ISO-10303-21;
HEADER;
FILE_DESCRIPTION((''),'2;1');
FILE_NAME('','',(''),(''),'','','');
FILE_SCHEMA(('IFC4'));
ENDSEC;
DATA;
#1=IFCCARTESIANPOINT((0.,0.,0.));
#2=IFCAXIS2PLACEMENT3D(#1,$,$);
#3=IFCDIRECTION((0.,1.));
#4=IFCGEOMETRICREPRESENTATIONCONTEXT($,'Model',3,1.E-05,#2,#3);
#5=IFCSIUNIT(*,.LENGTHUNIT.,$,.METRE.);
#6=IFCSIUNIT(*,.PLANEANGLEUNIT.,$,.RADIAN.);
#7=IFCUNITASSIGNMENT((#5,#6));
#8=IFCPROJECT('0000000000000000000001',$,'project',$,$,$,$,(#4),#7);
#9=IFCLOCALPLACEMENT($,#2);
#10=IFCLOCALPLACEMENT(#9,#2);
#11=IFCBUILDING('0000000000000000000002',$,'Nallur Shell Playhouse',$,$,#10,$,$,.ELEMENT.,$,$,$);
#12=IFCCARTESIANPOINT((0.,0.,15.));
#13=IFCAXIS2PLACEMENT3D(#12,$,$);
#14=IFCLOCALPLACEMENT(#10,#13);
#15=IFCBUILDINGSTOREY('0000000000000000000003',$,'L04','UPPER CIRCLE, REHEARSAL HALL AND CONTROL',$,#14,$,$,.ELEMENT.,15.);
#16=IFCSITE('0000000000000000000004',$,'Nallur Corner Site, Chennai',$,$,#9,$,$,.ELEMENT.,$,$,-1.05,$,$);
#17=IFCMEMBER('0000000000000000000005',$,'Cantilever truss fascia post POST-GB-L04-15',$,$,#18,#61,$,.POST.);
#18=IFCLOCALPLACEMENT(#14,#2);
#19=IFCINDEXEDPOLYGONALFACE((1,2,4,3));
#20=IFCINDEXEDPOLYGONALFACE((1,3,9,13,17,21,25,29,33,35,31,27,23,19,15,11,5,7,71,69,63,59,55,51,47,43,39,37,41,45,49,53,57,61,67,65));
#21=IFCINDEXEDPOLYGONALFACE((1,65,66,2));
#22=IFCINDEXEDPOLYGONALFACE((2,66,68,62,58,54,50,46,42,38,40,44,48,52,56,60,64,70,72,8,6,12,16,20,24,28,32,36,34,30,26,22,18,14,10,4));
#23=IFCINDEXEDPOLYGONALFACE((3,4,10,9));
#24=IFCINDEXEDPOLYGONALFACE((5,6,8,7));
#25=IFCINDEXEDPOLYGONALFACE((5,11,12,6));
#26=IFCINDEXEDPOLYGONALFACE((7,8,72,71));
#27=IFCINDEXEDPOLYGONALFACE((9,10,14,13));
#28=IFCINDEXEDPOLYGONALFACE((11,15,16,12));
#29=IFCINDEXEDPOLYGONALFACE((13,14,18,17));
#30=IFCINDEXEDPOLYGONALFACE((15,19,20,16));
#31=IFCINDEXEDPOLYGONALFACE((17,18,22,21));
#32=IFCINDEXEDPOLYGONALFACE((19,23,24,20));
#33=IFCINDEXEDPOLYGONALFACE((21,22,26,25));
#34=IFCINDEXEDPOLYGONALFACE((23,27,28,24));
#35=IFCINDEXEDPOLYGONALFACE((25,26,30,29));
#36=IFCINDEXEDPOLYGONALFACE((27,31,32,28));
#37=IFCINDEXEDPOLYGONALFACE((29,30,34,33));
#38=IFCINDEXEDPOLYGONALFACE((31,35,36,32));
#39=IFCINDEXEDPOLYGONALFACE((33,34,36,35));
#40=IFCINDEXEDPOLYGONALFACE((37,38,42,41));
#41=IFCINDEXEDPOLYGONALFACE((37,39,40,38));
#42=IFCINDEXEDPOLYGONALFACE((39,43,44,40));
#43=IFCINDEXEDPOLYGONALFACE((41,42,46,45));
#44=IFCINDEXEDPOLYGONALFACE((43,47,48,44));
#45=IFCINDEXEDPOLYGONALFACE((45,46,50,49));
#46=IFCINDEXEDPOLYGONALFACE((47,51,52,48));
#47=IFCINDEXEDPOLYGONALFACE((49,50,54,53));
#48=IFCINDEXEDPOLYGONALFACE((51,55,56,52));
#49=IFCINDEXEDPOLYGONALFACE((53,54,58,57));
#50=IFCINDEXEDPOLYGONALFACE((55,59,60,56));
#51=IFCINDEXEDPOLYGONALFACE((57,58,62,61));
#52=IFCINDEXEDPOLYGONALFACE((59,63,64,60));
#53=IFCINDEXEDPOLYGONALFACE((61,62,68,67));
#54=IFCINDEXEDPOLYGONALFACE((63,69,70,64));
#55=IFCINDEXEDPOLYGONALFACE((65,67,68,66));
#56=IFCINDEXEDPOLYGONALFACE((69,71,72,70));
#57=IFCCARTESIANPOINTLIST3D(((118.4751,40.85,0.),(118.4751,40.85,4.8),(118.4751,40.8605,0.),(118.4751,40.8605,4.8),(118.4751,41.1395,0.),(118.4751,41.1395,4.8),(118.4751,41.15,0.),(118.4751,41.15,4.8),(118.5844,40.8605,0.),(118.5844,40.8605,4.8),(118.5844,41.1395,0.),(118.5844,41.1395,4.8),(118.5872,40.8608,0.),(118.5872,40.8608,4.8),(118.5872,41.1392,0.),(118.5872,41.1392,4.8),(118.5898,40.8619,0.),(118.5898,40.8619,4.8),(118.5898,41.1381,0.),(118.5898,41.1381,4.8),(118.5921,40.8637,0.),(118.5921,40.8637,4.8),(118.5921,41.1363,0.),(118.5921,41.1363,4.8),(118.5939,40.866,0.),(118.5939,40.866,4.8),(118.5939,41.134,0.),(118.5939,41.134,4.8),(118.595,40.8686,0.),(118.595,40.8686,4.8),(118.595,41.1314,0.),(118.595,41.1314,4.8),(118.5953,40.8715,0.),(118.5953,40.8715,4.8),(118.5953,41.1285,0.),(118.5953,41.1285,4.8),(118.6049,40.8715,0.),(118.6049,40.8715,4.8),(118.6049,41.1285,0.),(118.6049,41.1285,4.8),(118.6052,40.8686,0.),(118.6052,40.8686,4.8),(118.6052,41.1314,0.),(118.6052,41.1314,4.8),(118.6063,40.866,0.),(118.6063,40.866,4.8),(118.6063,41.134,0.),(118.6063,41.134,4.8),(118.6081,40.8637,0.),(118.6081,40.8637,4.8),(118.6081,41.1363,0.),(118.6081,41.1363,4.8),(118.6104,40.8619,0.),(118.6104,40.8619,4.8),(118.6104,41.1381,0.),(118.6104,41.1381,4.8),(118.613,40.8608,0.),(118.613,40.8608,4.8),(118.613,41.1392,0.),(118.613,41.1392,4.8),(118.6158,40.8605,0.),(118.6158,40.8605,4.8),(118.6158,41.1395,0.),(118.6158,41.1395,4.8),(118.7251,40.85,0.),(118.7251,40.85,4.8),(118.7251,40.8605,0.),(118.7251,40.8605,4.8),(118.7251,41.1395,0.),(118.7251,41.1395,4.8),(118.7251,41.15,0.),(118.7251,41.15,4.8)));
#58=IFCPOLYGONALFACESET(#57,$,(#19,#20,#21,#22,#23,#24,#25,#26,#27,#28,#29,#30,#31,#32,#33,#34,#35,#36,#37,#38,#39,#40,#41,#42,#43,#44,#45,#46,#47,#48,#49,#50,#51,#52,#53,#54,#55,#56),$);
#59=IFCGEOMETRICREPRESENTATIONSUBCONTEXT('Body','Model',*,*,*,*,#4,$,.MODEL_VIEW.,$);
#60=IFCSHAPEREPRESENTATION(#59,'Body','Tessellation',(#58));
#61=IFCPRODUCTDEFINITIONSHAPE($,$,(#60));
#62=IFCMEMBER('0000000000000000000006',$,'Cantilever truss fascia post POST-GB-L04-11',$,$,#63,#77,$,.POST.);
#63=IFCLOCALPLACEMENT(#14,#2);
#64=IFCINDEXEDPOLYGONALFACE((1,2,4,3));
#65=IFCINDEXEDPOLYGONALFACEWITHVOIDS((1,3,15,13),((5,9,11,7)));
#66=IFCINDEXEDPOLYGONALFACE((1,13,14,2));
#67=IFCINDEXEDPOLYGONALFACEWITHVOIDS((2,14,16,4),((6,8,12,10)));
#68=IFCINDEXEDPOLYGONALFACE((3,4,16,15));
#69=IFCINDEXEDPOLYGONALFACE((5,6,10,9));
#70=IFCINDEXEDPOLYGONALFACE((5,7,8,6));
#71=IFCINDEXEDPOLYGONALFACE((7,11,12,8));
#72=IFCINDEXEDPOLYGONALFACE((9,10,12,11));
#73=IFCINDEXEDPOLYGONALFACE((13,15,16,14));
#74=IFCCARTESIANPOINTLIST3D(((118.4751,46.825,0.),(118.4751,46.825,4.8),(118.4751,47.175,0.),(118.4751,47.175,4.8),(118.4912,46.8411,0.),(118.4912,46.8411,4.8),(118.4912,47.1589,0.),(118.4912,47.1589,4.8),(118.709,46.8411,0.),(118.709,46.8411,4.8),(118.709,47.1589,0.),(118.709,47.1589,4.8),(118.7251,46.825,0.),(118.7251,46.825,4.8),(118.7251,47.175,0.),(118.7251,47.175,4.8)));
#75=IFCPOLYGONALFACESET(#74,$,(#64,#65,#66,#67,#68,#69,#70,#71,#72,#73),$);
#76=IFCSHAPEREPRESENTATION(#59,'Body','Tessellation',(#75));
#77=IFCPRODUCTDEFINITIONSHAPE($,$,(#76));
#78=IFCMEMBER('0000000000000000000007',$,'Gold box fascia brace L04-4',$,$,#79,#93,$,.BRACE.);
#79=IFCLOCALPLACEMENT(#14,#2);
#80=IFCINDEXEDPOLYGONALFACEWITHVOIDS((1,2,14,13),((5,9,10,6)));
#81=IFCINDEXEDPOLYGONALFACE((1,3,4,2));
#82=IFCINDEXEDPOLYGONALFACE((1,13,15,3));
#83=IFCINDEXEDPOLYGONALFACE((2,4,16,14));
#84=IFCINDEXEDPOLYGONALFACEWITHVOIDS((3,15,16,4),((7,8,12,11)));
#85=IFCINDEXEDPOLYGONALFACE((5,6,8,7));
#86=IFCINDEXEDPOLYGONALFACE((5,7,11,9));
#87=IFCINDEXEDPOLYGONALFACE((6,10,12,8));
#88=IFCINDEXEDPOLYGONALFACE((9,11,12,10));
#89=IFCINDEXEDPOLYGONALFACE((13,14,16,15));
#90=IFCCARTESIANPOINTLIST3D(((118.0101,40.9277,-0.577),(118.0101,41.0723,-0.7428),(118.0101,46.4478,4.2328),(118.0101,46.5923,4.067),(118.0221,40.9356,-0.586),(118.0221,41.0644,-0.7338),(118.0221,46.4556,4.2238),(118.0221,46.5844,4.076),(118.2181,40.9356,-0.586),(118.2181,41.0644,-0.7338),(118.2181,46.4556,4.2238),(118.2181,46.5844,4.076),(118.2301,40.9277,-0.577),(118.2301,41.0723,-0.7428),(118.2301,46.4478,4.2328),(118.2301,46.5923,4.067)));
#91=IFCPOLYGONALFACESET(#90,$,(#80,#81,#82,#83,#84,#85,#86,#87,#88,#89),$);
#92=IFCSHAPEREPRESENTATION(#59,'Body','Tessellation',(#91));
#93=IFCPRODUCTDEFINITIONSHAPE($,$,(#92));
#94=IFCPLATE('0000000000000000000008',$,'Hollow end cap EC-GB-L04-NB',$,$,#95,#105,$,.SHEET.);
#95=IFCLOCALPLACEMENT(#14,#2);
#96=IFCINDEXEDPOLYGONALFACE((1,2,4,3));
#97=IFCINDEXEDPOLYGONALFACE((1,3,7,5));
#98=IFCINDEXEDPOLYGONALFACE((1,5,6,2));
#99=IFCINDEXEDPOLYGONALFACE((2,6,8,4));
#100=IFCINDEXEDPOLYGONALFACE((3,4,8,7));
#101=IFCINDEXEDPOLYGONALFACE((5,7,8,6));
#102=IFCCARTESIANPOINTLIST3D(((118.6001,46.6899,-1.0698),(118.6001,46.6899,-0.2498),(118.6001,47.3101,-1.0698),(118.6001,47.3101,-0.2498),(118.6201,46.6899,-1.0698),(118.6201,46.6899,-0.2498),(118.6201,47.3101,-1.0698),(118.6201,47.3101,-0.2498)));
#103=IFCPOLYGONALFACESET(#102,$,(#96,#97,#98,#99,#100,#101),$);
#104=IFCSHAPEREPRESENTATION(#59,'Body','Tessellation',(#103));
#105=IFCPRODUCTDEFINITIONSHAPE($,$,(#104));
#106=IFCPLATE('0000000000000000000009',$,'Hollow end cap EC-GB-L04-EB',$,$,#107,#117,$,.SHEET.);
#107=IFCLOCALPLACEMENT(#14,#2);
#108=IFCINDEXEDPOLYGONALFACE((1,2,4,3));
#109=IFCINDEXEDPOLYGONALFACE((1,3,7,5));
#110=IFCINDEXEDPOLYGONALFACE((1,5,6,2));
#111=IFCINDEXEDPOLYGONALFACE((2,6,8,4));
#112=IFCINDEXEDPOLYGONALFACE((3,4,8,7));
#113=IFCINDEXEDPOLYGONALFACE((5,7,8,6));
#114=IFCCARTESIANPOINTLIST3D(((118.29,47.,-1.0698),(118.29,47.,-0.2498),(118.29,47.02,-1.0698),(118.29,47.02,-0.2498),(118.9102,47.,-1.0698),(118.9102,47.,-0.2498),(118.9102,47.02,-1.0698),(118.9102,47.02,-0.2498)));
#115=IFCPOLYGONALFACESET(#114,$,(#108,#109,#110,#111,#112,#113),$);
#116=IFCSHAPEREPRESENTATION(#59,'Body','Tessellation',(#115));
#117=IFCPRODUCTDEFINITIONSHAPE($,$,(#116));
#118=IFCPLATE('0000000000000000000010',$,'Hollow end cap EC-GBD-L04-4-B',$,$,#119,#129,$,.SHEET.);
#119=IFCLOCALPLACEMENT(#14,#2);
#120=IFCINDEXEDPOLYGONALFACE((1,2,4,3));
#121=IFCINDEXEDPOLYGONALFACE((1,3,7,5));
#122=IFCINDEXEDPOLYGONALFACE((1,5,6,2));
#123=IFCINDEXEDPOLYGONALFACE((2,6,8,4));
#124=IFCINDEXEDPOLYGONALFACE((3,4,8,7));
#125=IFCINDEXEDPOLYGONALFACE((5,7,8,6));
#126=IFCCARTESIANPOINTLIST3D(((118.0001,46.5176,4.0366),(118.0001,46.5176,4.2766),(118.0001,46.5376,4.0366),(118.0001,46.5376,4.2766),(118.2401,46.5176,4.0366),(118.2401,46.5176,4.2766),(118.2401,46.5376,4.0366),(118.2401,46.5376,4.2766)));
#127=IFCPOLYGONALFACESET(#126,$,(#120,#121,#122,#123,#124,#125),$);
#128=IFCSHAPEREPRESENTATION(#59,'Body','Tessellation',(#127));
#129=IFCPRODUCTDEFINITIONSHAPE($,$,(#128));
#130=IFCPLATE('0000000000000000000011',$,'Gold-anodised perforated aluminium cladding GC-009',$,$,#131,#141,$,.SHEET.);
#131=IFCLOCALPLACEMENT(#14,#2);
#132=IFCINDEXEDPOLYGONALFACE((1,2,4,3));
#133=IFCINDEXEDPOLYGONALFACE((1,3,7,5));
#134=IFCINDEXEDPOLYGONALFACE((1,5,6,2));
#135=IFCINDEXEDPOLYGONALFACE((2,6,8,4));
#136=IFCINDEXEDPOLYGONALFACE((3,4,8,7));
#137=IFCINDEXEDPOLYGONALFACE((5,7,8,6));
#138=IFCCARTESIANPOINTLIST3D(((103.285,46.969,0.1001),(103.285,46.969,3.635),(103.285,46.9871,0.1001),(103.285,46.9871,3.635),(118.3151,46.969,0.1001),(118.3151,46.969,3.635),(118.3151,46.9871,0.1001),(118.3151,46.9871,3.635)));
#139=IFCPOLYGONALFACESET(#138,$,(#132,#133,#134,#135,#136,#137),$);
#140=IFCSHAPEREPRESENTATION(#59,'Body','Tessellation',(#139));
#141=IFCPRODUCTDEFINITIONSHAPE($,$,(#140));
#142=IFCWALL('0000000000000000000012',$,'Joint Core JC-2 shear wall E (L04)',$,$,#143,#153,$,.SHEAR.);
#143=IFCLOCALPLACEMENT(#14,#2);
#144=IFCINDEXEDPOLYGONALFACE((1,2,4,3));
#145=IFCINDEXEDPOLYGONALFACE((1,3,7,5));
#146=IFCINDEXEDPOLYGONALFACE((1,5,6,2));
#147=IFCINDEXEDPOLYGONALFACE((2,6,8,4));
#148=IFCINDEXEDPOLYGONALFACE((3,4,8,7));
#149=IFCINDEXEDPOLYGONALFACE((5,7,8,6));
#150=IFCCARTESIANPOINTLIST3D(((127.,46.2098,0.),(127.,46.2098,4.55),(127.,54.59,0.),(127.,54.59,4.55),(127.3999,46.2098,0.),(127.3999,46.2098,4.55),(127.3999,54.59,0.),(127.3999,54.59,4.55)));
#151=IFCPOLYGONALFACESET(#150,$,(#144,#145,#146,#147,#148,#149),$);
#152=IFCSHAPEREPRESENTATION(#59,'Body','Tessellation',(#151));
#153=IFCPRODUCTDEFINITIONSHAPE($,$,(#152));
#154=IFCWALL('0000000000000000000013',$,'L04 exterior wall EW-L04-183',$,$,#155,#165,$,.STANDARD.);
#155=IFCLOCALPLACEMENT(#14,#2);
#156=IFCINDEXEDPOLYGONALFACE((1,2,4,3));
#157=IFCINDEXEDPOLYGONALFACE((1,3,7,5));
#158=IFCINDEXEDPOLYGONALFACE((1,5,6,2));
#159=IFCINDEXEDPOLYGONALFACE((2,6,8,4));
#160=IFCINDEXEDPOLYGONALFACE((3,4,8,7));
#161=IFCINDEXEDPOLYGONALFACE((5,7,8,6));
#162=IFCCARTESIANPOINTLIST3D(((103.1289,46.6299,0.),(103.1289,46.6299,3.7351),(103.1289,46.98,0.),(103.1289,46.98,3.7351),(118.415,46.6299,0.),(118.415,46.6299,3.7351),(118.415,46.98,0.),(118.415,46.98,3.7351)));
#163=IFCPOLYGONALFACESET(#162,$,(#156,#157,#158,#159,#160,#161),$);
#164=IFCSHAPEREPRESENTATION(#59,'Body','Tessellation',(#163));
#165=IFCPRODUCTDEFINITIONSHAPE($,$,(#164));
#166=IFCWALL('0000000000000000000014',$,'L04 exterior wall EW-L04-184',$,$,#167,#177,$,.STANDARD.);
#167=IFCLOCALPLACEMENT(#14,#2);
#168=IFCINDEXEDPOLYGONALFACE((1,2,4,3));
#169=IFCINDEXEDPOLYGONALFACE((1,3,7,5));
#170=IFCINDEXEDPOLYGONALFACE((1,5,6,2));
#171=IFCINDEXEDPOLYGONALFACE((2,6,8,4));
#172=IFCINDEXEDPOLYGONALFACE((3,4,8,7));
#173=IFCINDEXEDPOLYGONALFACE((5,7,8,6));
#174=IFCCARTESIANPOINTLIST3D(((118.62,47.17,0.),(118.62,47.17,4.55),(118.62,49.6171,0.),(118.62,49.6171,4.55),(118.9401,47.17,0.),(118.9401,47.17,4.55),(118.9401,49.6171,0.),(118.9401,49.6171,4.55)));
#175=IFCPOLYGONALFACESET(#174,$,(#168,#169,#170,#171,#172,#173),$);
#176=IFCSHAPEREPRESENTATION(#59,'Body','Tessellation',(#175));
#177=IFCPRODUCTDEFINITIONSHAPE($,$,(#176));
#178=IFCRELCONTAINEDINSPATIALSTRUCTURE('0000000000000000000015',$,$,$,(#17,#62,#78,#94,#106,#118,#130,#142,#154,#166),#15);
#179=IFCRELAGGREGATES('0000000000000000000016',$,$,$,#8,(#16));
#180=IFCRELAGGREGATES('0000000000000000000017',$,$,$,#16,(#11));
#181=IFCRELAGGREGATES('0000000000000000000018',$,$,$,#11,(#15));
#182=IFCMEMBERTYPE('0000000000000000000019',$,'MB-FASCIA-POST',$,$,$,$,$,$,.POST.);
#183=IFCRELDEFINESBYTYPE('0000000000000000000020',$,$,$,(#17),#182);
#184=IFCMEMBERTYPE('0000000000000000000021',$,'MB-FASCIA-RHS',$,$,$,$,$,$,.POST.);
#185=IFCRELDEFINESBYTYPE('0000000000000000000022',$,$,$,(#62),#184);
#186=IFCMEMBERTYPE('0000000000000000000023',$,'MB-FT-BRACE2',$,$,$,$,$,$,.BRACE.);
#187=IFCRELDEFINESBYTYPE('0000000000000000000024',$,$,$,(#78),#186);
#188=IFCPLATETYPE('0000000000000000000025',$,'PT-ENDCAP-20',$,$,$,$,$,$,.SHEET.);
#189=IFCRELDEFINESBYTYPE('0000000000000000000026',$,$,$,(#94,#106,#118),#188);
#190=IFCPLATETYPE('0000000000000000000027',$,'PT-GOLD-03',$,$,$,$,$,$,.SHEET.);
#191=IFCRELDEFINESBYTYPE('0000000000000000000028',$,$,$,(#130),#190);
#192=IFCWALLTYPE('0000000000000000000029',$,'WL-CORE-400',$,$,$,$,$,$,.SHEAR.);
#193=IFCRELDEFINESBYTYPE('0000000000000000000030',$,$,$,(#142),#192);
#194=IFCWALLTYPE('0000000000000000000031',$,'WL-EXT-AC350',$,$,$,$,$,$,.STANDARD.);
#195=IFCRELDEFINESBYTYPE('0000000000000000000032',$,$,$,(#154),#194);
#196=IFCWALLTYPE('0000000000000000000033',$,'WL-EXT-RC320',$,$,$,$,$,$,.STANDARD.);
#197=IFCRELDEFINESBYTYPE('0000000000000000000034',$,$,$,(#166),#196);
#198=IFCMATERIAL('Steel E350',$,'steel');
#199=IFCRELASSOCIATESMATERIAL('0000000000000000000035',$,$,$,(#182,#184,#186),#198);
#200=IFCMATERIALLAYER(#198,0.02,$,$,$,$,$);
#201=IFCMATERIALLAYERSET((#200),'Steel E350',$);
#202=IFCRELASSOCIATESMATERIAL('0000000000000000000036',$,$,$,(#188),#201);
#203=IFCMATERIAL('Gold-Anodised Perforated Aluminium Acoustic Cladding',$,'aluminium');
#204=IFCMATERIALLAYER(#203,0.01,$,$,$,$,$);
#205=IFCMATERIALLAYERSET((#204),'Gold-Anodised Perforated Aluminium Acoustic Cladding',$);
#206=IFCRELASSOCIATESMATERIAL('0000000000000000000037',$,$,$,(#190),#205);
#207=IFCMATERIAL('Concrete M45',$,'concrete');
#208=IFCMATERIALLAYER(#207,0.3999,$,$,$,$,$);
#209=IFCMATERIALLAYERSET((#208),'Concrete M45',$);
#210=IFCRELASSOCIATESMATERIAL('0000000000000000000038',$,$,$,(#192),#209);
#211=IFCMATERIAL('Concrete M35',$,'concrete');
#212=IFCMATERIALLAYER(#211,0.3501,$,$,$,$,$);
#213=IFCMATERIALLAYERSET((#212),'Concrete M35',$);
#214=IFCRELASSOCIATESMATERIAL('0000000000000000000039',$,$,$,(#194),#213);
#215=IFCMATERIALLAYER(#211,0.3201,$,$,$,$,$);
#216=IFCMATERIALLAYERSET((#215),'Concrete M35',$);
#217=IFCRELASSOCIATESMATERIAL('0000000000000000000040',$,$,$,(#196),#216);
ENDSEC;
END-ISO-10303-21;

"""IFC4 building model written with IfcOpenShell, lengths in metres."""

from ifc_helpers import new_model, si_unit, direction, frame, frame_2d, origin, origin_2d, place, context, subcontext, project, spatial, rectangle, hollow_rectangle, i_section, extrude, material, layer, layer_set, material_profile, profile_set, type_object, element, save


model = new_model("IFC4")

# Units and contexts
model_context = context("Model", 3, precision=1e-05, world=origin(), true_north=direction((0.0, 1.0)))
body_context = subcontext(model_context, "Body", "Model", "MODEL_VIEW")
ifc_project = project(units=[si_unit("LENGTHUNIT", "METRE"), si_unit("PLANEANGLEUNIT", "RADIAN")], contexts=[model_context])

# Site, building, storey
site_placement = place(None, origin())
site = spatial("IfcSite", under=ifc_project, at=site_placement, Name="Nallur Corner Site, Chennai", CompositionType="ELEMENT", RefElevation=-1.05)
building_placement = place(site_placement, origin())
building = spatial("IfcBuilding", under=site, at=building_placement, Name="Nallur Shell Playhouse", CompositionType="ELEMENT")
storey_placement = place(building_placement, frame((0.0, 0.0, 15.0)))
storey = spatial("IfcBuildingStorey", under=building, at=storey_placement, Name="L04", Description="UPPER CIRCLE, REHEARSAL HALL AND CONTROL", CompositionType="ELEMENT", Elevation=15.0)

# Shared definitions
ifc_material_1 = material(Name="Concrete M45", Category="concrete")
ifc_material_2 = material(Name="Steel E350", Category="steel")

# Shared definitions
ifc_material_3 = material(Name="Concrete M35", Category="concrete")

# Members
ifc_material_profile_1 = material_profile(ifc_material_2, i_section(OverallWidth=0.25, OverallDepth=0.3, WebThickness=0.0095, FlangeThickness=0.0105, FilletRadius=0.011, at=origin_2d()), Name="ISHB 300")
ifc_profile_set_1 = profile_set([ifc_material_profile_1], Name="Steel E350")
member_type_1 = type_object("IfcMemberType", Name="MB-FASCIA-POST", PredefinedType="POST", material=ifc_profile_set_1)
for number, where, z_axis, x_axis, name in (
    (1, (118.6001, 41.0, 0.0), (0.0, 0.0, 1.0), (1.0, 0.0, 0.0), "Cantilever truss fascia post POST-GB-L04-15"),
):
    element("IfcMember", number, at=place(storey_placement, frame(where, z_axis=z_axis, x_axis=x_axis)), inside=storey, type_object=member_type_1, Name=name, PredefinedType="POST", context=body_context, shape_type="SweptSolid", body=[
        extrude(i_section(OverallWidth=0.25, OverallDepth=0.3, WebThickness=0.0095, FlangeThickness=0.0105, FilletRadius=0.011, at=origin_2d()), origin(), (0.0, 0.0, 1.0), 4.8),
    ])
ifc_material_profile_2 = material_profile(ifc_material_2, hollow_rectangle(XDim=0.25, YDim=0.3501, WallThickness=0.0161, at=origin_2d()), Name="RHS 350x250x16")
ifc_profile_set_2 = profile_set([ifc_material_profile_2], Name="Steel E350")
member_type_2 = type_object("IfcMemberType", Name="MB-FASCIA-RHS", PredefinedType="POST", material=ifc_profile_set_2)
member_1_placement = place(storey_placement, frame((118.6001, 47.0, 0.0), z_axis=(0.0, 0.0, 1.0), x_axis=(1.0, 0.0, 0.0)))
element("IfcMember", 2, at=member_1_placement, inside=storey, type_object=member_type_2, Name="Cantilever truss fascia post POST-GB-L04-11", PredefinedType="POST", context=body_context, shape_type="SweptSolid", body=[
    extrude(hollow_rectangle(XDim=0.25, YDim=0.3501, WallThickness=0.0161, at=origin_2d()), origin(), (0.0, 0.0, 1.0), 4.8),
])
ifc_material_profile_3 = material_profile(ifc_material_2, hollow_rectangle(XDim=0.22, YDim=0.22, WallThickness=0.012, at=origin_2d()), Name="SHS 220x220x12")
ifc_profile_set_3 = profile_set([ifc_material_profile_3], Name="Steel E350")
member_type_3 = type_object("IfcMemberType", Name="MB-FT-BRACE2", PredefinedType="BRACE", material=ifc_profile_set_3)
member_2_placement = place(storey_placement, frame((118.1201, 41.0, -0.6599), z_axis=(0.0, 0.753943, 0.65694), x_axis=(-1.0, 0.0, 0.0)))
element("IfcMember", 3, at=member_2_placement, inside=storey, type_object=member_type_3, Name="Gold box fascia brace L04-4", PredefinedType="BRACE", context=body_context, shape_type="SweptSolid", body=[
    extrude(hollow_rectangle(XDim=0.22, YDim=0.22, WallThickness=0.012, at=origin_2d()), origin(), (0.0, 0.0, 1.0), 7.3215),
])

# Plates
ifc_layer_1 = layer(ifc_material_2, 0.02)
ifc_layer_set_1 = layer_set([ifc_layer_1], Name="Steel E350")
plate_type_1 = type_object("IfcPlateType", Name="PT-ENDCAP-20", PredefinedType="SHEET", material=ifc_layer_set_1)
plate_1_placement = place(storey_placement, frame((118.6101, 47.0, -1.0698), z_axis=(0.0, 0.0, 1.0), x_axis=(1.0, 0.0, 0.0)))
element("IfcPlate", 4, at=plate_1_placement, inside=storey, type_object=plate_type_1, Name="Hollow end cap EC-GB-L04-NB", PredefinedType="SHEET", context=body_context, shape_type="SweptSolid", body=[
    extrude(rectangle(XDim=0.02, YDim=0.6201, at=origin_2d()), origin(), (0.0, 0.0, 1.0), 0.8201),
])
plate_2_placement = place(storey_placement, frame((118.6001, 47.01, -1.0698), z_axis=(0.0, 0.0, 1.0), x_axis=(1.0, 0.0, 0.0)))
element("IfcPlate", 5, at=plate_2_placement, inside=storey, type_object=plate_type_1, Name="Hollow end cap EC-GB-L04-EB", PredefinedType="SHEET", context=body_context, shape_type="SweptSolid", body=[
    extrude(rectangle(XDim=0.6201, YDim=0.02, at=origin_2d()), origin(), (0.0, 0.0, 1.0), 0.8201),
])
plate_3_placement = place(storey_placement, frame((118.1201, 46.5276, 4.0366), z_axis=(0.0, 0.0, 1.0), x_axis=(1.0, 0.0, 0.0)))
element("IfcPlate", 6, at=plate_3_placement, inside=storey, type_object=plate_type_1, Name="Hollow end cap EC-GBD-L04-4-B", PredefinedType="SHEET", context=body_context, shape_type="SweptSolid", body=[
    extrude(rectangle(XDim=0.24, YDim=0.02, at=origin_2d()), origin(), (0.0, 0.0, 1.0), 0.24),
])
ifc_material_4 = material(Name="Gold-Anodised Perforated Aluminium Acoustic Cladding", Category="aluminium")
ifc_layer_2 = layer(ifc_material_4, 0.01)
ifc_layer_set_2 = layer_set([ifc_layer_2], Name="Gold-Anodised Perforated Aluminium Acoustic Cladding")
plate_type_2 = type_object("IfcPlateType", Name="PT-GOLD-03", PredefinedType="SHEET", material=ifc_layer_set_2)
plate_4_placement = place(storey_placement, frame((110.8, 46.978, 0.1001), z_axis=(0.0, 0.0, 1.0), x_axis=(1.0, 0.0, 0.0)))
element("IfcPlate", 7, at=plate_4_placement, inside=storey, type_object=plate_type_2, Name="Gold-anodised perforated aluminium cladding GC-009", PredefinedType="SHEET", context=body_context, shape_type="SweptSolid", body=[
    extrude(rectangle(XDim=15.03, YDim=0.0181, at=origin_2d()), origin(), (0.0, 0.0, 1.0), 3.5349),
])

# Shared definitions
ifc_layer_3 = layer(ifc_material_1, 0.3999)
ifc_layer_set_3 = layer_set([ifc_layer_3], Name="Concrete M45")
wall_type_1 = type_object("IfcWallType", Name="WL-CORE-400", PredefinedType="SHEAR", material=ifc_layer_set_3)

# Walls
wall_1_placement = place(storey_placement, frame((127.2, 46.21, 0.0), z_axis=(0.0, 0.0, 1.0), x_axis=(0.0, 1.0, 0.0)))
element("IfcWall", 8, at=wall_1_placement, inside=storey, type_object=wall_type_1, Name="Joint Core JC-2 shear wall E (L04)", PredefinedType="SHEAR", context=body_context, shape_type="SweptSolid", body=[
    extrude(rectangle(XDim=8.3801, YDim=0.3999, at=frame_2d((4.1899, 0.0))), origin(), (0.0, 0.0, 1.0), 4.55),
])
ifc_layer_4 = layer(ifc_material_3, 0.3501)
ifc_layer_set_4 = layer_set([ifc_layer_4], Name="Concrete M35")
wall_type_2 = type_object("IfcWallType", Name="WL-EXT-AC350", PredefinedType="STANDARD", material=ifc_layer_set_4)
wall_2_placement = place(storey_placement, frame((103.1289, 46.8049, 0.0), z_axis=(0.0, 0.0, 1.0), x_axis=(1.0, 0.0, 0.0)))
element("IfcWall", 9, at=wall_2_placement, inside=storey, type_object=wall_type_2, Name="L04 exterior wall EW-L04-183", PredefinedType="STANDARD", context=body_context, shape_type="SweptSolid", body=[
    extrude(rectangle(XDim=15.2861, YDim=0.3501, at=frame_2d((7.6431, 0.0))), origin(), (0.0, 0.0, 1.0), 3.7351),
])
ifc_layer_5 = layer(ifc_material_3, 0.3201)
ifc_layer_set_5 = layer_set([ifc_layer_5], Name="Concrete M35")
wall_type_3 = type_object("IfcWallType", Name="WL-EXT-RC320", PredefinedType="STANDARD", material=ifc_layer_set_5)
wall_3_placement = place(storey_placement, frame((118.78, 47.1699, 0.0), z_axis=(0.0, 0.0, 1.0), x_axis=(0.0, 1.0, 0.0)))
element("IfcWall", 10, at=wall_3_placement, inside=storey, type_object=wall_type_3, Name="L04 exterior wall EW-L04-184", PredefinedType="STANDARD", context=body_context, shape_type="SweptSolid", body=[
    extrude(rectangle(XDim=2.447, YDim=0.3201, at=frame_2d((1.2236, 0.0))), origin(), (0.0, 0.0, 1.0), 4.55),
])

save(model, "model.ifc")
